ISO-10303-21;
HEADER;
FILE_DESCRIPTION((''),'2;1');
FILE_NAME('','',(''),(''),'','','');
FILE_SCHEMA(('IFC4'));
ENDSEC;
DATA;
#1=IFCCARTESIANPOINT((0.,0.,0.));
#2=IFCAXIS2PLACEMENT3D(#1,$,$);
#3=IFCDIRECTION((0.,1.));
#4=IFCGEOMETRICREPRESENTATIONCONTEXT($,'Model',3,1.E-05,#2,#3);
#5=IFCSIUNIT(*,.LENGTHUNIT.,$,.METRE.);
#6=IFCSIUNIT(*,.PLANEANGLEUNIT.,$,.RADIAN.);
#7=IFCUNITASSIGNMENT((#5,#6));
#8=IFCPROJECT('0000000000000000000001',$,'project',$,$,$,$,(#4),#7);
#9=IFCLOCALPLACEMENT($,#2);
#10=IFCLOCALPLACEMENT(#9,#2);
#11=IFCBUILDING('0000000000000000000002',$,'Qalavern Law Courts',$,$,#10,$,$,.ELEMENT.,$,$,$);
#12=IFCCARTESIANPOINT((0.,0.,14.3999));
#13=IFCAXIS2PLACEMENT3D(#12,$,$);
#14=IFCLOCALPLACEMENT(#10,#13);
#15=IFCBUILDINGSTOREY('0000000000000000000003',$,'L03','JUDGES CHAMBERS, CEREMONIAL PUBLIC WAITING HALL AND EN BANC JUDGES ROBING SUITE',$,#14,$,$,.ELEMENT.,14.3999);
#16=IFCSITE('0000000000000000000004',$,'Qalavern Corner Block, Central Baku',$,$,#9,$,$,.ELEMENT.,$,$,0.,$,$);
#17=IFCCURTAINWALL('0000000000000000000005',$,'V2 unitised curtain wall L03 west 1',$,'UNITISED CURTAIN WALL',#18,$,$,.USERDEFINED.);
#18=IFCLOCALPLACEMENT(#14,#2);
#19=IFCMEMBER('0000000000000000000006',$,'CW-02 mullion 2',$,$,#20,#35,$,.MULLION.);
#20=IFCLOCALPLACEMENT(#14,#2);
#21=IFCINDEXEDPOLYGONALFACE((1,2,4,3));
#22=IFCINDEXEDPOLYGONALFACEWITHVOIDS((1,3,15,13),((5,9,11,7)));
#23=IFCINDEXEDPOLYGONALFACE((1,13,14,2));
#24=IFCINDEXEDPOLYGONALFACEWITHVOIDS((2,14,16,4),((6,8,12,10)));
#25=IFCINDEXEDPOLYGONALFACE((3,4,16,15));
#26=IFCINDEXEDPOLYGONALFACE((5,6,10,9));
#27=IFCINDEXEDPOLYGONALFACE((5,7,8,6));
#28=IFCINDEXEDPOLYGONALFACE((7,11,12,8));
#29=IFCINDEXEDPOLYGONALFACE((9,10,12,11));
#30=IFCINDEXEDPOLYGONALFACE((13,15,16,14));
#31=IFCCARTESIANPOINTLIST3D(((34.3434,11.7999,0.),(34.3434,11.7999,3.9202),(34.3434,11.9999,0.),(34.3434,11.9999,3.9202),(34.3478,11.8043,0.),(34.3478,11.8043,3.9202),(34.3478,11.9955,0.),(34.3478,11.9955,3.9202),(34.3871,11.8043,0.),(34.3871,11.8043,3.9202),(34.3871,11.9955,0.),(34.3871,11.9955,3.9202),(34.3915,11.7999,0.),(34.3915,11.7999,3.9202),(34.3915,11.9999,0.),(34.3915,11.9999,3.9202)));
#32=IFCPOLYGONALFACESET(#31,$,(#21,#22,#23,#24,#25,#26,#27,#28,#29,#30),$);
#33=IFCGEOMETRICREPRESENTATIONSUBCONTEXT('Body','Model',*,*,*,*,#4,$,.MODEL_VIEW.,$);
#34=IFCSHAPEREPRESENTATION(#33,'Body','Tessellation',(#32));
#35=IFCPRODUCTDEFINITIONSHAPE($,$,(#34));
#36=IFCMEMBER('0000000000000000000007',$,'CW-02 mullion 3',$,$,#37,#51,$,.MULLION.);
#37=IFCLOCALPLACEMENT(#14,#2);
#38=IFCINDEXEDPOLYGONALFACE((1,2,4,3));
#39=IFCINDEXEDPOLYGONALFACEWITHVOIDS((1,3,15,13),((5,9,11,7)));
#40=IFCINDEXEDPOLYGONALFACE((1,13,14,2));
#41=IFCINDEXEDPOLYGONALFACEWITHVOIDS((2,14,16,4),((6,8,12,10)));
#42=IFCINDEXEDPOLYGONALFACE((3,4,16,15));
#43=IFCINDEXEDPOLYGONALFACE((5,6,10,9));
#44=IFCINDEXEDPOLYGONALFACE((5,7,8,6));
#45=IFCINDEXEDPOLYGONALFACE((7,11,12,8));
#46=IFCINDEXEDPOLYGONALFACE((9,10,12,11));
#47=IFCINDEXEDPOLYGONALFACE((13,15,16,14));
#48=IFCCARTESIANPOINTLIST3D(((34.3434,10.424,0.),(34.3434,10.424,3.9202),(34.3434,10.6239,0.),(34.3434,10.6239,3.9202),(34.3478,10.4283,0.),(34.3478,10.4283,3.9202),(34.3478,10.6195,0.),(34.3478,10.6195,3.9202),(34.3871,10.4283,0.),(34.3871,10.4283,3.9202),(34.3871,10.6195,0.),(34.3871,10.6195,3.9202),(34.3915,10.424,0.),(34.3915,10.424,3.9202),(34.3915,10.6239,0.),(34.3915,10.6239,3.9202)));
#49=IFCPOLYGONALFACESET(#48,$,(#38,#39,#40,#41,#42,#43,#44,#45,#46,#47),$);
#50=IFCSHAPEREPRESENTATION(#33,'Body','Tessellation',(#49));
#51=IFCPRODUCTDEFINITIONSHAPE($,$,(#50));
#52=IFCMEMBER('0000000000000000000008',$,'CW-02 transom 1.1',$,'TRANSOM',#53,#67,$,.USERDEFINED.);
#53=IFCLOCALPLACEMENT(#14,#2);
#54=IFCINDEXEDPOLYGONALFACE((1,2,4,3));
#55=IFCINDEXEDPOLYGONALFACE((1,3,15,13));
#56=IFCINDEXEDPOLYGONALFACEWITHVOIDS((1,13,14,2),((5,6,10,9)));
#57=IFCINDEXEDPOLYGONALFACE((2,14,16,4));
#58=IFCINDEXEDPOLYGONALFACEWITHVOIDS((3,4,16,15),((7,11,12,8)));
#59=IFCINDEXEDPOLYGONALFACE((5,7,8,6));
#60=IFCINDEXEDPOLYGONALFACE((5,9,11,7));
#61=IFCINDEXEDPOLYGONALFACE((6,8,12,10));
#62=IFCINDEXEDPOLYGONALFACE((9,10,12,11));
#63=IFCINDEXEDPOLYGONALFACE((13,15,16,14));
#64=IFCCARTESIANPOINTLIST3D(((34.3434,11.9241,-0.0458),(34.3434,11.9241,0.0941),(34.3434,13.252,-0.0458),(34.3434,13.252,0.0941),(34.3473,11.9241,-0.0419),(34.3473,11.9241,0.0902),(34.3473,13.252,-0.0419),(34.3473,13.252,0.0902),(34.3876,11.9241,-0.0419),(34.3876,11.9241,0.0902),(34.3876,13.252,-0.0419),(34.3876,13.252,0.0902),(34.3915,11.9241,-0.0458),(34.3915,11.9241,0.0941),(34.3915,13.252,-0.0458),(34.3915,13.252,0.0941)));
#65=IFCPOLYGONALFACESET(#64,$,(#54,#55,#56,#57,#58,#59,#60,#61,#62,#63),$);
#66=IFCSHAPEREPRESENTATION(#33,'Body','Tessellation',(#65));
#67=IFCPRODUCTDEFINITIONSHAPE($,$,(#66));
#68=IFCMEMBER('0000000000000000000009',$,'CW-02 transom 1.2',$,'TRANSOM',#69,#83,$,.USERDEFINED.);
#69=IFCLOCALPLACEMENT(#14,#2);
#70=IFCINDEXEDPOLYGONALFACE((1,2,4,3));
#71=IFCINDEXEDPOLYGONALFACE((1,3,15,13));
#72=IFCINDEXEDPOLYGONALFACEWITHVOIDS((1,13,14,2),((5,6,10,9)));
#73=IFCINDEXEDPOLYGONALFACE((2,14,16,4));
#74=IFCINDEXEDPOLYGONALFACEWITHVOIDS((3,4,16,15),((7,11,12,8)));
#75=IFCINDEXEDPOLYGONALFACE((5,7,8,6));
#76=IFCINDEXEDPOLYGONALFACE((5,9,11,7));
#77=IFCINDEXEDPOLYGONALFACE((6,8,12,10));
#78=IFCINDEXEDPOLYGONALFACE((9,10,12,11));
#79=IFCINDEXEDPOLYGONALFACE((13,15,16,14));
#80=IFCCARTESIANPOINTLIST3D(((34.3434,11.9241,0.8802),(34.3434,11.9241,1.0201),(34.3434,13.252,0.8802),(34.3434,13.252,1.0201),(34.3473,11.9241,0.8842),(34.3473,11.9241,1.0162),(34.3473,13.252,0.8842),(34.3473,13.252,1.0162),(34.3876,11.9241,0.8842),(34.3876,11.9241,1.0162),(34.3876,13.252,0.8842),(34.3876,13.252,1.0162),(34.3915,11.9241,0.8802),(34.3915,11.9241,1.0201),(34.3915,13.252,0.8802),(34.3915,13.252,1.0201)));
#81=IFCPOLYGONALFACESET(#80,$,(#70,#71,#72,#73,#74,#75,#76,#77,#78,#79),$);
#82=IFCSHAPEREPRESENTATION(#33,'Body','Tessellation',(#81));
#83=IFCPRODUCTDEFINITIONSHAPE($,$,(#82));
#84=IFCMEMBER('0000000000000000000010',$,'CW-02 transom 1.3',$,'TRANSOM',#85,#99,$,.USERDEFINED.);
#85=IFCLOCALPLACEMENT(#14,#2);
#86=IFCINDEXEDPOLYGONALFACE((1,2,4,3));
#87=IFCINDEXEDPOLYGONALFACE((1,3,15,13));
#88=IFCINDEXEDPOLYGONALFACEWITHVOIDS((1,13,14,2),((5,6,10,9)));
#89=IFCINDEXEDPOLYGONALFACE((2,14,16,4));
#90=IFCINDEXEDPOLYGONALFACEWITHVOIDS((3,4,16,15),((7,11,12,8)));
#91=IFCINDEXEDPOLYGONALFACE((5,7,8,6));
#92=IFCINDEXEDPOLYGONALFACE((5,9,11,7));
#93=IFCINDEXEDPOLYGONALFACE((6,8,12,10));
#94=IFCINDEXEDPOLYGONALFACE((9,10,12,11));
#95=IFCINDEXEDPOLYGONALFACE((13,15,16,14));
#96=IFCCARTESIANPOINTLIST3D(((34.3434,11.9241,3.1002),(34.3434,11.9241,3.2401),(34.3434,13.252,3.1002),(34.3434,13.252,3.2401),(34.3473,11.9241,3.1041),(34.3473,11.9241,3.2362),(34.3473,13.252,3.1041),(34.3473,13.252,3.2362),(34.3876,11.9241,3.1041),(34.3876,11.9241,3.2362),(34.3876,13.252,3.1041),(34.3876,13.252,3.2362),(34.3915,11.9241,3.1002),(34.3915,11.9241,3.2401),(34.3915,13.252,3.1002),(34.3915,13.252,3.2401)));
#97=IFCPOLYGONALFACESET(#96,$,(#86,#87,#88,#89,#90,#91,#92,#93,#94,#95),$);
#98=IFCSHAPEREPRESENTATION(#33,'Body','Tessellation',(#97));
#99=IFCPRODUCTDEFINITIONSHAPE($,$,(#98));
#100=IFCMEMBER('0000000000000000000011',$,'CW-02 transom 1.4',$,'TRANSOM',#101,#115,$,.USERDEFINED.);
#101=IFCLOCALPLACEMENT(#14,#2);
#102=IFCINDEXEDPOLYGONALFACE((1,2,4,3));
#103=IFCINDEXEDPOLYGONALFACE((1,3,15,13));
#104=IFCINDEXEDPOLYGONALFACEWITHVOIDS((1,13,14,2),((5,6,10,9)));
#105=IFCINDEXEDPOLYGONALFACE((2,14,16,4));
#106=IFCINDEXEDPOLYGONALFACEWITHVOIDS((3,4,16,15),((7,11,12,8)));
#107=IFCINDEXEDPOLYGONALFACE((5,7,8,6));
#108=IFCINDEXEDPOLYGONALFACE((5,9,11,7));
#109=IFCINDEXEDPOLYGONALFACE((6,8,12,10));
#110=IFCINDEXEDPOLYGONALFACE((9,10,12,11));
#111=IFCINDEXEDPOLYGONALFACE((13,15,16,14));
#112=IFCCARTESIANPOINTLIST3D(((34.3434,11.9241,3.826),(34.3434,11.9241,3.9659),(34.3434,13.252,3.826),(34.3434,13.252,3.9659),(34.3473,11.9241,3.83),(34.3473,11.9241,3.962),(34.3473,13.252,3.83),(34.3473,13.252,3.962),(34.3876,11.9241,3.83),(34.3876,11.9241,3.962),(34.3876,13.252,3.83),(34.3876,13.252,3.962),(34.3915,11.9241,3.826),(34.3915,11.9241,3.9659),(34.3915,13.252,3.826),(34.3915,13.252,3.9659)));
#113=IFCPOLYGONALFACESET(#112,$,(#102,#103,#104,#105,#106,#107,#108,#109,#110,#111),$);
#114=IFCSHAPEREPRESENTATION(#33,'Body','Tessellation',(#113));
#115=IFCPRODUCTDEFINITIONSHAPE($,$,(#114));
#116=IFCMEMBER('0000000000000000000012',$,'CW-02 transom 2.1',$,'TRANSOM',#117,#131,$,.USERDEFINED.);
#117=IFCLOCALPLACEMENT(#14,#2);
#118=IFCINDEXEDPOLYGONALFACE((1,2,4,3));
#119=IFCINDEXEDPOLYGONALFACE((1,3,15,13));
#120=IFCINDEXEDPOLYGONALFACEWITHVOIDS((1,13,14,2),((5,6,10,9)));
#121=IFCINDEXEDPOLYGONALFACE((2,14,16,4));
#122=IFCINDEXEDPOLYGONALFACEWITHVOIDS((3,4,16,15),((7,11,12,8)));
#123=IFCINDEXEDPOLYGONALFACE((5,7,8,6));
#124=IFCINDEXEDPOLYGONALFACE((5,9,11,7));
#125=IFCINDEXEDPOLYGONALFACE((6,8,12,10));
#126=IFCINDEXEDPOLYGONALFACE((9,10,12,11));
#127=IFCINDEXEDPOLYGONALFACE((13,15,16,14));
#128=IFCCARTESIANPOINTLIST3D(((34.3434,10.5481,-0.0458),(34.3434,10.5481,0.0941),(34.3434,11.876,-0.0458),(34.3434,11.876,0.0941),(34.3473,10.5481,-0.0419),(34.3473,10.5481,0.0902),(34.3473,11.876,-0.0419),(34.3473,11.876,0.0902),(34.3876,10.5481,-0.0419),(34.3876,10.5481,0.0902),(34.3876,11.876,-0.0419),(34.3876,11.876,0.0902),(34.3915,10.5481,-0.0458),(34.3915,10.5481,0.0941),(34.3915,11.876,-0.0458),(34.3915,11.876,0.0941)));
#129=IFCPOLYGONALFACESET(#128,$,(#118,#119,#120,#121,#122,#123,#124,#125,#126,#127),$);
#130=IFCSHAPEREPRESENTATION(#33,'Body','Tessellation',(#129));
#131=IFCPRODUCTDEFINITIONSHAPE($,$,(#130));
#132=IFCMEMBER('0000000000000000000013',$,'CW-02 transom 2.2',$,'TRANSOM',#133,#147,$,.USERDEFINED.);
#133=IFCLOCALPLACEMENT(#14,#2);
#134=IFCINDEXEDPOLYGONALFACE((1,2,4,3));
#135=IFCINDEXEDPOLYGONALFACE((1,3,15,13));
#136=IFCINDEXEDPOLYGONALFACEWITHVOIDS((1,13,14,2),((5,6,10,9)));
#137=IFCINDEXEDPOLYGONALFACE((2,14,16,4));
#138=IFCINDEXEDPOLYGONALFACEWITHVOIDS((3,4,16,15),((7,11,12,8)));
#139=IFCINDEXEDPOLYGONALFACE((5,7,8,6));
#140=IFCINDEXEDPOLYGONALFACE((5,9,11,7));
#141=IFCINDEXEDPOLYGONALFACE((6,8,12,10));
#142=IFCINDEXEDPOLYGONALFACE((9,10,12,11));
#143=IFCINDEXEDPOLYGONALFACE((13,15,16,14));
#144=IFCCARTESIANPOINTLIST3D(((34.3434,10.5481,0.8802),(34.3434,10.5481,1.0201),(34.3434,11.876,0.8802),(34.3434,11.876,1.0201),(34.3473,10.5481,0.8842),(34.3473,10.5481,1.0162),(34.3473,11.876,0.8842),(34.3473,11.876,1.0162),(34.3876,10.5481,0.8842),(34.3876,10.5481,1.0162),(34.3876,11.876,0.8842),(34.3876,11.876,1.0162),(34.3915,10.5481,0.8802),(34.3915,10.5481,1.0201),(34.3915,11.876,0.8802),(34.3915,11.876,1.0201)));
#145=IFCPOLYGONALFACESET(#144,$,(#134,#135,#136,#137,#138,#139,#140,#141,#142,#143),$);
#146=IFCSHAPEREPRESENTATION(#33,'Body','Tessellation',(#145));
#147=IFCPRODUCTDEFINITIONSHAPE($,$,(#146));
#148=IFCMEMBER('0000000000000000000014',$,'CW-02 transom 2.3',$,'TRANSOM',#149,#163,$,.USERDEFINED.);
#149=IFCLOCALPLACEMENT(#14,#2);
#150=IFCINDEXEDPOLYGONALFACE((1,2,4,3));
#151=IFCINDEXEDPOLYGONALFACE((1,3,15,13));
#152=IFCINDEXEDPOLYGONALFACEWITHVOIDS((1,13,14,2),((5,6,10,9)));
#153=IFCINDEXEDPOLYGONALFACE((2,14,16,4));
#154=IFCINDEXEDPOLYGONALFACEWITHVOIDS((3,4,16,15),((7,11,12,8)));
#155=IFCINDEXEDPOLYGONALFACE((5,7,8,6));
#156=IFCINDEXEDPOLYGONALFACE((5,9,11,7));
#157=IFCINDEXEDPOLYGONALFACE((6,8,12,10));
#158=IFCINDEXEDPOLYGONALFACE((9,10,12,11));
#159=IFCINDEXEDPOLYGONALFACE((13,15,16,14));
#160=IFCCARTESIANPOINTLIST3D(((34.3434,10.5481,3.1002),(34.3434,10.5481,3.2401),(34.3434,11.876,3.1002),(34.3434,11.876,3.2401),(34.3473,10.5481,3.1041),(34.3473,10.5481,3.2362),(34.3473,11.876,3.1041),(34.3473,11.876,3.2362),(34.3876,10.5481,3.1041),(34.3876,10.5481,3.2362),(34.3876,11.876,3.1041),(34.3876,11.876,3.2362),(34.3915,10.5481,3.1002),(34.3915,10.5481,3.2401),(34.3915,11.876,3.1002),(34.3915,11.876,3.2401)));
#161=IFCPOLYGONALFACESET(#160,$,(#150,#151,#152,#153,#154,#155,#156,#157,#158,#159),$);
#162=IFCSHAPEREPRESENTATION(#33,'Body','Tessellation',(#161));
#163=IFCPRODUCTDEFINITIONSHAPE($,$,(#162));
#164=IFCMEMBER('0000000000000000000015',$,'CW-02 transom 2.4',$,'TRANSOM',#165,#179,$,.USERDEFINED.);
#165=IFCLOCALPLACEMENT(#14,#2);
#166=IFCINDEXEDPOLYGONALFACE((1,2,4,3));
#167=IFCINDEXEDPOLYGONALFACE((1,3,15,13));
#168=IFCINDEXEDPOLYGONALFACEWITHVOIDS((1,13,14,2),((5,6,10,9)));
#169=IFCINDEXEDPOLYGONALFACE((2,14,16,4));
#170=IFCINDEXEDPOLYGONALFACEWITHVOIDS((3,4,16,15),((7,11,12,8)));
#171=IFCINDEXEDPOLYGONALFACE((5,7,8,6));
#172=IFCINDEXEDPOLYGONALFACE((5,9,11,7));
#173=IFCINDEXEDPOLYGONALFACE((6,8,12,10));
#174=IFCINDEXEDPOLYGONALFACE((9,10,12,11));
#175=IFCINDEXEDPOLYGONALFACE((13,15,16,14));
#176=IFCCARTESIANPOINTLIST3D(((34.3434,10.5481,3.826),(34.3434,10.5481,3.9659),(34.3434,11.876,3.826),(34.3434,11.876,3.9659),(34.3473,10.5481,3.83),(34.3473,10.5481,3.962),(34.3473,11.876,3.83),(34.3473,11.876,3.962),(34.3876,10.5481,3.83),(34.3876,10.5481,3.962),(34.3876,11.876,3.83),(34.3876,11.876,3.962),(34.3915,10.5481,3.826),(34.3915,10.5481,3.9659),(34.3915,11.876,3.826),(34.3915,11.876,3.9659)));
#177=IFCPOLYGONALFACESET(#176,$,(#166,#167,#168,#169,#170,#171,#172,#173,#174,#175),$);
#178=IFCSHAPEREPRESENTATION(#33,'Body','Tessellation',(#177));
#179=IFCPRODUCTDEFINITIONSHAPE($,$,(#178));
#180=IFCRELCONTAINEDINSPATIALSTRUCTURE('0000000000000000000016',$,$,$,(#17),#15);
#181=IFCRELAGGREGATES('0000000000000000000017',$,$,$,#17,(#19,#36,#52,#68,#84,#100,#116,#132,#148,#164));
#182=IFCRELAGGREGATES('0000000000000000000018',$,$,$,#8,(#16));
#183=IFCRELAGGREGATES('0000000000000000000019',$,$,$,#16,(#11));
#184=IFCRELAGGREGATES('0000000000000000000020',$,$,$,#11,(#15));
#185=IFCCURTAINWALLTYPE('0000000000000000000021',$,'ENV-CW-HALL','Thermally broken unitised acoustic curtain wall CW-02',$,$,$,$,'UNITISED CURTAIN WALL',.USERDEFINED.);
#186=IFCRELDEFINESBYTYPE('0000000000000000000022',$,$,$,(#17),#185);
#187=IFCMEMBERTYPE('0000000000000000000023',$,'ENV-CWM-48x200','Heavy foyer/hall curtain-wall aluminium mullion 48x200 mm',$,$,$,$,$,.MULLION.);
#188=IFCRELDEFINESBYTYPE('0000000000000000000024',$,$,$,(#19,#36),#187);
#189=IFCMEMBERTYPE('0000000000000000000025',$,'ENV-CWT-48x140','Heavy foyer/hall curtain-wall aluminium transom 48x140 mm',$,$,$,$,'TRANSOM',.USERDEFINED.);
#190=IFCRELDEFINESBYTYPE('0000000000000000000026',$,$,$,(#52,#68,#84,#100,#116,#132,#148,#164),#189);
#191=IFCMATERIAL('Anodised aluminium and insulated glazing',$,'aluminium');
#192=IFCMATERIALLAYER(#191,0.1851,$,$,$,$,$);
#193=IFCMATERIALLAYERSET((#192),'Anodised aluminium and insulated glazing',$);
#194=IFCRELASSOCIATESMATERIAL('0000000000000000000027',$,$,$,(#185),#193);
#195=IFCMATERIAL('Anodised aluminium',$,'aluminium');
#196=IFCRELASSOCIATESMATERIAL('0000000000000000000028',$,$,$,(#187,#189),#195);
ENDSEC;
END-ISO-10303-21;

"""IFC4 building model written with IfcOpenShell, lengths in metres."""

from ifc_helpers import new_model, si_unit, direction, frame, origin, origin_2d, place, context, subcontext, project, spatial, hollow_rectangle, extrude, material, layer, layer_set, material_profile, profile_set, type_object, element, aggregate, save


model = new_model("IFC4")

# Units and contexts
model_context = context("Model", 3, precision=1e-05, world=origin(), true_north=direction((0.0, 1.0)))
body_context = subcontext(model_context, "Body", "Model", "MODEL_VIEW")
ifc_project = project(units=[si_unit("LENGTHUNIT", "METRE"), si_unit("PLANEANGLEUNIT", "RADIAN")], contexts=[model_context])

# Site, building, storey
site_placement = place(None, origin())
site = spatial("IfcSite", under=ifc_project, at=site_placement, Name="Qalavern Corner Block, Central Baku", CompositionType="ELEMENT", RefElevation=0.0)
building_placement = place(site_placement, origin())
building = spatial("IfcBuilding", under=site, at=building_placement, Name="Qalavern Law Courts", CompositionType="ELEMENT")
storey_placement = place(building_placement, frame((0.0, 0.0, 14.3999)))
storey = spatial("IfcBuildingStorey", under=building, at=storey_placement, Name="L03", Description="JUDGES CHAMBERS, CEREMONIAL PUBLIC WAITING HALL AND EN BANC JUDGES ROBING SUITE", CompositionType="ELEMENT", Elevation=14.3999)

# Curtain wall, members
ifc_material_1 = material(Name="Anodised aluminium and insulated glazing", Category="aluminium")
ifc_layer_1 = layer(ifc_material_1, 0.1851)
ifc_layer_set_1 = layer_set([ifc_layer_1], Name="Anodised aluminium and insulated glazing")
curtain_wall_type = type_object("IfcCurtainWallType", Name="ENV-CW-HALL", Description="Thermally broken unitised acoustic curtain wall CW-02", ElementType="UNITISED CURTAIN WALL", PredefinedType="USERDEFINED", material=ifc_layer_set_1)
curtain_wall_placement = place(storey_placement, origin())
curtain_wall = element("IfcCurtainWall", 1, at=curtain_wall_placement, inside=storey, type_object=curtain_wall_type, Name="V2 unitised curtain wall L03 west 1", ObjectType="UNITISED CURTAIN WALL", PredefinedType="USERDEFINED")
ifc_material_2 = material(Name="Anodised aluminium", Category="aluminium")
ifc_material_profile_1 = material_profile(ifc_material_2, hollow_rectangle(XDim=0.0481, YDim=0.2, WallThickness=0.0044, at=origin_2d()), Name="ALU MULLION 48x200")
ifc_profile_set_1 = profile_set([ifc_material_profile_1], Name="Anodised aluminium")
member_type_1 = type_object("IfcMemberType", Name="ENV-CWM-48x200", Description="Heavy foyer/hall curtain-wall aluminium mullion 48x200 mm", PredefinedType="MULLION", material=ifc_profile_set_1)
member_1_placement = place(storey_placement, frame((34.3674, 11.8999, 0.0), z_axis=(0.0, 0.0, 1.0), x_axis=(1.0, 0.0, 0.0)))
member_1 = element("IfcMember", 2, at=member_1_placement, type_object=member_type_1, Name="CW-02 mullion 2", PredefinedType="MULLION", context=body_context, shape_type="SweptSolid", body=[
    extrude(hollow_rectangle(XDim=0.0481, YDim=0.2, WallThickness=0.0044, at=origin_2d()), origin(), (0.0, 0.0, 1.0), 3.9202),
])
member_2_placement = place(storey_placement, frame((34.3674, 10.5239, 0.0), z_axis=(0.0, 0.0, 1.0), x_axis=(1.0, 0.0, 0.0)))
member_2 = element("IfcMember", 3, at=member_2_placement, type_object=member_type_1, Name="CW-02 mullion 3", PredefinedType="MULLION", context=body_context, shape_type="SweptSolid", body=[
    extrude(hollow_rectangle(XDim=0.0481, YDim=0.2, WallThickness=0.0044, at=origin_2d()), origin(), (0.0, 0.0, 1.0), 3.9202),
])
ifc_material_profile_2 = material_profile(ifc_material_2, hollow_rectangle(XDim=0.0481, YDim=0.1399, WallThickness=0.0039, at=origin_2d()), Name="ALU TRANSOM 48x140")
ifc_profile_set_2 = profile_set([ifc_material_profile_2], Name="Anodised aluminium")
member_type_2 = type_object("IfcMemberType", Name="ENV-CWT-48x140", Description="Heavy foyer/hall curtain-wall aluminium transom 48x140 mm", ElementType="TRANSOM", PredefinedType="USERDEFINED", material=ifc_profile_set_2)
member_3_placement = place(storey_placement, frame((34.3674, 13.252, 0.0242), z_axis=(0.0, -1.0, 0.0), x_axis=(1.0, 0.0, 0.0)))
member_3 = element("IfcMember", 4, at=member_3_placement, type_object=member_type_2, Name="CW-02 transom 1.1", ObjectType="TRANSOM", PredefinedType="USERDEFINED", context=body_context, shape_type="SweptSolid", body=[
    extrude(hollow_rectangle(XDim=0.0481, YDim=0.1399, WallThickness=0.0039, at=origin_2d()), origin(), (0.0, 0.0, 1.0), 1.3279),
])
member_4_placement = place(storey_placement, frame((34.3674, 13.252, 0.9502), z_axis=(0.0, -1.0, 0.0), x_axis=(1.0, 0.0, 0.0)))
member_4 = element("IfcMember", 5, at=member_4_placement, type_object=member_type_2, Name="CW-02 transom 1.2", ObjectType="TRANSOM", PredefinedType="USERDEFINED", context=body_context, shape_type="SweptSolid", body=[
    extrude(hollow_rectangle(XDim=0.0481, YDim=0.1399, WallThickness=0.0039, at=origin_2d()), origin(), (0.0, 0.0, 1.0), 1.3279),
])
member_5_placement = place(storey_placement, frame((34.3674, 13.252, 3.1702), z_axis=(0.0, -1.0, 0.0), x_axis=(1.0, 0.0, 0.0)))
member_5 = element("IfcMember", 6, at=member_5_placement, type_object=member_type_2, Name="CW-02 transom 1.3", ObjectType="TRANSOM", PredefinedType="USERDEFINED", context=body_context, shape_type="SweptSolid", body=[
    extrude(hollow_rectangle(XDim=0.0481, YDim=0.1399, WallThickness=0.0039, at=origin_2d()), origin(), (0.0, 0.0, 1.0), 1.3279),
])
member_6_placement = place(storey_placement, frame((34.3674, 13.252, 3.896), z_axis=(0.0, -1.0, 0.0), x_axis=(1.0, 0.0, 0.0)))
member_6 = element("IfcMember", 7, at=member_6_placement, type_object=member_type_2, Name="CW-02 transom 1.4", ObjectType="TRANSOM", PredefinedType="USERDEFINED", context=body_context, shape_type="SweptSolid", body=[
    extrude(hollow_rectangle(XDim=0.0481, YDim=0.1399, WallThickness=0.0039, at=origin_2d()), origin(), (0.0, 0.0, 1.0), 1.3279),
])
member_7_placement = place(storey_placement, frame((34.3674, 11.876, 0.0242), z_axis=(0.0, -1.0, 0.0), x_axis=(1.0, 0.0, 0.0)))
member_7 = element("IfcMember", 8, at=member_7_placement, type_object=member_type_2, Name="CW-02 transom 2.1", ObjectType="TRANSOM", PredefinedType="USERDEFINED", context=body_context, shape_type="SweptSolid", body=[
    extrude(hollow_rectangle(XDim=0.0481, YDim=0.1399, WallThickness=0.0039, at=origin_2d()), origin(), (0.0, 0.0, 1.0), 1.3279),
])
member_8_placement = place(storey_placement, frame((34.3674, 11.876, 0.9502), z_axis=(0.0, -1.0, 0.0), x_axis=(1.0, 0.0, 0.0)))
member_8 = element("IfcMember", 9, at=member_8_placement, type_object=member_type_2, Name="CW-02 transom 2.2", ObjectType="TRANSOM", PredefinedType="USERDEFINED", context=body_context, shape_type="SweptSolid", body=[
    extrude(hollow_rectangle(XDim=0.0481, YDim=0.1399, WallThickness=0.0039, at=origin_2d()), origin(), (0.0, 0.0, 1.0), 1.3279),
])
member_9_placement = place(storey_placement, frame((34.3674, 11.876, 3.1702), z_axis=(0.0, -1.0, 0.0), x_axis=(1.0, 0.0, 0.0)))
member_9 = element("IfcMember", 10, at=member_9_placement, type_object=member_type_2, Name="CW-02 transom 2.3", ObjectType="TRANSOM", PredefinedType="USERDEFINED", context=body_context, shape_type="SweptSolid", body=[
    extrude(hollow_rectangle(XDim=0.0481, YDim=0.1399, WallThickness=0.0039, at=origin_2d()), origin(), (0.0, 0.0, 1.0), 1.3279),
])
member_10_placement = place(storey_placement, frame((34.3674, 11.876, 3.896), z_axis=(0.0, -1.0, 0.0), x_axis=(1.0, 0.0, 0.0)))
member_10 = element("IfcMember", 11, at=member_10_placement, type_object=member_type_2, Name="CW-02 transom 2.4", ObjectType="TRANSOM", PredefinedType="USERDEFINED", context=body_context, shape_type="SweptSolid", body=[
    extrude(hollow_rectangle(XDim=0.0481, YDim=0.1399, WallThickness=0.0039, at=origin_2d()), origin(), (0.0, 0.0, 1.0), 1.3279),
])

aggregate(curtain_wall, [member_1, member_2, member_3, member_4, member_5, member_6, member_7, member_8, member_9, member_10])

save(model, "model.ifc")
